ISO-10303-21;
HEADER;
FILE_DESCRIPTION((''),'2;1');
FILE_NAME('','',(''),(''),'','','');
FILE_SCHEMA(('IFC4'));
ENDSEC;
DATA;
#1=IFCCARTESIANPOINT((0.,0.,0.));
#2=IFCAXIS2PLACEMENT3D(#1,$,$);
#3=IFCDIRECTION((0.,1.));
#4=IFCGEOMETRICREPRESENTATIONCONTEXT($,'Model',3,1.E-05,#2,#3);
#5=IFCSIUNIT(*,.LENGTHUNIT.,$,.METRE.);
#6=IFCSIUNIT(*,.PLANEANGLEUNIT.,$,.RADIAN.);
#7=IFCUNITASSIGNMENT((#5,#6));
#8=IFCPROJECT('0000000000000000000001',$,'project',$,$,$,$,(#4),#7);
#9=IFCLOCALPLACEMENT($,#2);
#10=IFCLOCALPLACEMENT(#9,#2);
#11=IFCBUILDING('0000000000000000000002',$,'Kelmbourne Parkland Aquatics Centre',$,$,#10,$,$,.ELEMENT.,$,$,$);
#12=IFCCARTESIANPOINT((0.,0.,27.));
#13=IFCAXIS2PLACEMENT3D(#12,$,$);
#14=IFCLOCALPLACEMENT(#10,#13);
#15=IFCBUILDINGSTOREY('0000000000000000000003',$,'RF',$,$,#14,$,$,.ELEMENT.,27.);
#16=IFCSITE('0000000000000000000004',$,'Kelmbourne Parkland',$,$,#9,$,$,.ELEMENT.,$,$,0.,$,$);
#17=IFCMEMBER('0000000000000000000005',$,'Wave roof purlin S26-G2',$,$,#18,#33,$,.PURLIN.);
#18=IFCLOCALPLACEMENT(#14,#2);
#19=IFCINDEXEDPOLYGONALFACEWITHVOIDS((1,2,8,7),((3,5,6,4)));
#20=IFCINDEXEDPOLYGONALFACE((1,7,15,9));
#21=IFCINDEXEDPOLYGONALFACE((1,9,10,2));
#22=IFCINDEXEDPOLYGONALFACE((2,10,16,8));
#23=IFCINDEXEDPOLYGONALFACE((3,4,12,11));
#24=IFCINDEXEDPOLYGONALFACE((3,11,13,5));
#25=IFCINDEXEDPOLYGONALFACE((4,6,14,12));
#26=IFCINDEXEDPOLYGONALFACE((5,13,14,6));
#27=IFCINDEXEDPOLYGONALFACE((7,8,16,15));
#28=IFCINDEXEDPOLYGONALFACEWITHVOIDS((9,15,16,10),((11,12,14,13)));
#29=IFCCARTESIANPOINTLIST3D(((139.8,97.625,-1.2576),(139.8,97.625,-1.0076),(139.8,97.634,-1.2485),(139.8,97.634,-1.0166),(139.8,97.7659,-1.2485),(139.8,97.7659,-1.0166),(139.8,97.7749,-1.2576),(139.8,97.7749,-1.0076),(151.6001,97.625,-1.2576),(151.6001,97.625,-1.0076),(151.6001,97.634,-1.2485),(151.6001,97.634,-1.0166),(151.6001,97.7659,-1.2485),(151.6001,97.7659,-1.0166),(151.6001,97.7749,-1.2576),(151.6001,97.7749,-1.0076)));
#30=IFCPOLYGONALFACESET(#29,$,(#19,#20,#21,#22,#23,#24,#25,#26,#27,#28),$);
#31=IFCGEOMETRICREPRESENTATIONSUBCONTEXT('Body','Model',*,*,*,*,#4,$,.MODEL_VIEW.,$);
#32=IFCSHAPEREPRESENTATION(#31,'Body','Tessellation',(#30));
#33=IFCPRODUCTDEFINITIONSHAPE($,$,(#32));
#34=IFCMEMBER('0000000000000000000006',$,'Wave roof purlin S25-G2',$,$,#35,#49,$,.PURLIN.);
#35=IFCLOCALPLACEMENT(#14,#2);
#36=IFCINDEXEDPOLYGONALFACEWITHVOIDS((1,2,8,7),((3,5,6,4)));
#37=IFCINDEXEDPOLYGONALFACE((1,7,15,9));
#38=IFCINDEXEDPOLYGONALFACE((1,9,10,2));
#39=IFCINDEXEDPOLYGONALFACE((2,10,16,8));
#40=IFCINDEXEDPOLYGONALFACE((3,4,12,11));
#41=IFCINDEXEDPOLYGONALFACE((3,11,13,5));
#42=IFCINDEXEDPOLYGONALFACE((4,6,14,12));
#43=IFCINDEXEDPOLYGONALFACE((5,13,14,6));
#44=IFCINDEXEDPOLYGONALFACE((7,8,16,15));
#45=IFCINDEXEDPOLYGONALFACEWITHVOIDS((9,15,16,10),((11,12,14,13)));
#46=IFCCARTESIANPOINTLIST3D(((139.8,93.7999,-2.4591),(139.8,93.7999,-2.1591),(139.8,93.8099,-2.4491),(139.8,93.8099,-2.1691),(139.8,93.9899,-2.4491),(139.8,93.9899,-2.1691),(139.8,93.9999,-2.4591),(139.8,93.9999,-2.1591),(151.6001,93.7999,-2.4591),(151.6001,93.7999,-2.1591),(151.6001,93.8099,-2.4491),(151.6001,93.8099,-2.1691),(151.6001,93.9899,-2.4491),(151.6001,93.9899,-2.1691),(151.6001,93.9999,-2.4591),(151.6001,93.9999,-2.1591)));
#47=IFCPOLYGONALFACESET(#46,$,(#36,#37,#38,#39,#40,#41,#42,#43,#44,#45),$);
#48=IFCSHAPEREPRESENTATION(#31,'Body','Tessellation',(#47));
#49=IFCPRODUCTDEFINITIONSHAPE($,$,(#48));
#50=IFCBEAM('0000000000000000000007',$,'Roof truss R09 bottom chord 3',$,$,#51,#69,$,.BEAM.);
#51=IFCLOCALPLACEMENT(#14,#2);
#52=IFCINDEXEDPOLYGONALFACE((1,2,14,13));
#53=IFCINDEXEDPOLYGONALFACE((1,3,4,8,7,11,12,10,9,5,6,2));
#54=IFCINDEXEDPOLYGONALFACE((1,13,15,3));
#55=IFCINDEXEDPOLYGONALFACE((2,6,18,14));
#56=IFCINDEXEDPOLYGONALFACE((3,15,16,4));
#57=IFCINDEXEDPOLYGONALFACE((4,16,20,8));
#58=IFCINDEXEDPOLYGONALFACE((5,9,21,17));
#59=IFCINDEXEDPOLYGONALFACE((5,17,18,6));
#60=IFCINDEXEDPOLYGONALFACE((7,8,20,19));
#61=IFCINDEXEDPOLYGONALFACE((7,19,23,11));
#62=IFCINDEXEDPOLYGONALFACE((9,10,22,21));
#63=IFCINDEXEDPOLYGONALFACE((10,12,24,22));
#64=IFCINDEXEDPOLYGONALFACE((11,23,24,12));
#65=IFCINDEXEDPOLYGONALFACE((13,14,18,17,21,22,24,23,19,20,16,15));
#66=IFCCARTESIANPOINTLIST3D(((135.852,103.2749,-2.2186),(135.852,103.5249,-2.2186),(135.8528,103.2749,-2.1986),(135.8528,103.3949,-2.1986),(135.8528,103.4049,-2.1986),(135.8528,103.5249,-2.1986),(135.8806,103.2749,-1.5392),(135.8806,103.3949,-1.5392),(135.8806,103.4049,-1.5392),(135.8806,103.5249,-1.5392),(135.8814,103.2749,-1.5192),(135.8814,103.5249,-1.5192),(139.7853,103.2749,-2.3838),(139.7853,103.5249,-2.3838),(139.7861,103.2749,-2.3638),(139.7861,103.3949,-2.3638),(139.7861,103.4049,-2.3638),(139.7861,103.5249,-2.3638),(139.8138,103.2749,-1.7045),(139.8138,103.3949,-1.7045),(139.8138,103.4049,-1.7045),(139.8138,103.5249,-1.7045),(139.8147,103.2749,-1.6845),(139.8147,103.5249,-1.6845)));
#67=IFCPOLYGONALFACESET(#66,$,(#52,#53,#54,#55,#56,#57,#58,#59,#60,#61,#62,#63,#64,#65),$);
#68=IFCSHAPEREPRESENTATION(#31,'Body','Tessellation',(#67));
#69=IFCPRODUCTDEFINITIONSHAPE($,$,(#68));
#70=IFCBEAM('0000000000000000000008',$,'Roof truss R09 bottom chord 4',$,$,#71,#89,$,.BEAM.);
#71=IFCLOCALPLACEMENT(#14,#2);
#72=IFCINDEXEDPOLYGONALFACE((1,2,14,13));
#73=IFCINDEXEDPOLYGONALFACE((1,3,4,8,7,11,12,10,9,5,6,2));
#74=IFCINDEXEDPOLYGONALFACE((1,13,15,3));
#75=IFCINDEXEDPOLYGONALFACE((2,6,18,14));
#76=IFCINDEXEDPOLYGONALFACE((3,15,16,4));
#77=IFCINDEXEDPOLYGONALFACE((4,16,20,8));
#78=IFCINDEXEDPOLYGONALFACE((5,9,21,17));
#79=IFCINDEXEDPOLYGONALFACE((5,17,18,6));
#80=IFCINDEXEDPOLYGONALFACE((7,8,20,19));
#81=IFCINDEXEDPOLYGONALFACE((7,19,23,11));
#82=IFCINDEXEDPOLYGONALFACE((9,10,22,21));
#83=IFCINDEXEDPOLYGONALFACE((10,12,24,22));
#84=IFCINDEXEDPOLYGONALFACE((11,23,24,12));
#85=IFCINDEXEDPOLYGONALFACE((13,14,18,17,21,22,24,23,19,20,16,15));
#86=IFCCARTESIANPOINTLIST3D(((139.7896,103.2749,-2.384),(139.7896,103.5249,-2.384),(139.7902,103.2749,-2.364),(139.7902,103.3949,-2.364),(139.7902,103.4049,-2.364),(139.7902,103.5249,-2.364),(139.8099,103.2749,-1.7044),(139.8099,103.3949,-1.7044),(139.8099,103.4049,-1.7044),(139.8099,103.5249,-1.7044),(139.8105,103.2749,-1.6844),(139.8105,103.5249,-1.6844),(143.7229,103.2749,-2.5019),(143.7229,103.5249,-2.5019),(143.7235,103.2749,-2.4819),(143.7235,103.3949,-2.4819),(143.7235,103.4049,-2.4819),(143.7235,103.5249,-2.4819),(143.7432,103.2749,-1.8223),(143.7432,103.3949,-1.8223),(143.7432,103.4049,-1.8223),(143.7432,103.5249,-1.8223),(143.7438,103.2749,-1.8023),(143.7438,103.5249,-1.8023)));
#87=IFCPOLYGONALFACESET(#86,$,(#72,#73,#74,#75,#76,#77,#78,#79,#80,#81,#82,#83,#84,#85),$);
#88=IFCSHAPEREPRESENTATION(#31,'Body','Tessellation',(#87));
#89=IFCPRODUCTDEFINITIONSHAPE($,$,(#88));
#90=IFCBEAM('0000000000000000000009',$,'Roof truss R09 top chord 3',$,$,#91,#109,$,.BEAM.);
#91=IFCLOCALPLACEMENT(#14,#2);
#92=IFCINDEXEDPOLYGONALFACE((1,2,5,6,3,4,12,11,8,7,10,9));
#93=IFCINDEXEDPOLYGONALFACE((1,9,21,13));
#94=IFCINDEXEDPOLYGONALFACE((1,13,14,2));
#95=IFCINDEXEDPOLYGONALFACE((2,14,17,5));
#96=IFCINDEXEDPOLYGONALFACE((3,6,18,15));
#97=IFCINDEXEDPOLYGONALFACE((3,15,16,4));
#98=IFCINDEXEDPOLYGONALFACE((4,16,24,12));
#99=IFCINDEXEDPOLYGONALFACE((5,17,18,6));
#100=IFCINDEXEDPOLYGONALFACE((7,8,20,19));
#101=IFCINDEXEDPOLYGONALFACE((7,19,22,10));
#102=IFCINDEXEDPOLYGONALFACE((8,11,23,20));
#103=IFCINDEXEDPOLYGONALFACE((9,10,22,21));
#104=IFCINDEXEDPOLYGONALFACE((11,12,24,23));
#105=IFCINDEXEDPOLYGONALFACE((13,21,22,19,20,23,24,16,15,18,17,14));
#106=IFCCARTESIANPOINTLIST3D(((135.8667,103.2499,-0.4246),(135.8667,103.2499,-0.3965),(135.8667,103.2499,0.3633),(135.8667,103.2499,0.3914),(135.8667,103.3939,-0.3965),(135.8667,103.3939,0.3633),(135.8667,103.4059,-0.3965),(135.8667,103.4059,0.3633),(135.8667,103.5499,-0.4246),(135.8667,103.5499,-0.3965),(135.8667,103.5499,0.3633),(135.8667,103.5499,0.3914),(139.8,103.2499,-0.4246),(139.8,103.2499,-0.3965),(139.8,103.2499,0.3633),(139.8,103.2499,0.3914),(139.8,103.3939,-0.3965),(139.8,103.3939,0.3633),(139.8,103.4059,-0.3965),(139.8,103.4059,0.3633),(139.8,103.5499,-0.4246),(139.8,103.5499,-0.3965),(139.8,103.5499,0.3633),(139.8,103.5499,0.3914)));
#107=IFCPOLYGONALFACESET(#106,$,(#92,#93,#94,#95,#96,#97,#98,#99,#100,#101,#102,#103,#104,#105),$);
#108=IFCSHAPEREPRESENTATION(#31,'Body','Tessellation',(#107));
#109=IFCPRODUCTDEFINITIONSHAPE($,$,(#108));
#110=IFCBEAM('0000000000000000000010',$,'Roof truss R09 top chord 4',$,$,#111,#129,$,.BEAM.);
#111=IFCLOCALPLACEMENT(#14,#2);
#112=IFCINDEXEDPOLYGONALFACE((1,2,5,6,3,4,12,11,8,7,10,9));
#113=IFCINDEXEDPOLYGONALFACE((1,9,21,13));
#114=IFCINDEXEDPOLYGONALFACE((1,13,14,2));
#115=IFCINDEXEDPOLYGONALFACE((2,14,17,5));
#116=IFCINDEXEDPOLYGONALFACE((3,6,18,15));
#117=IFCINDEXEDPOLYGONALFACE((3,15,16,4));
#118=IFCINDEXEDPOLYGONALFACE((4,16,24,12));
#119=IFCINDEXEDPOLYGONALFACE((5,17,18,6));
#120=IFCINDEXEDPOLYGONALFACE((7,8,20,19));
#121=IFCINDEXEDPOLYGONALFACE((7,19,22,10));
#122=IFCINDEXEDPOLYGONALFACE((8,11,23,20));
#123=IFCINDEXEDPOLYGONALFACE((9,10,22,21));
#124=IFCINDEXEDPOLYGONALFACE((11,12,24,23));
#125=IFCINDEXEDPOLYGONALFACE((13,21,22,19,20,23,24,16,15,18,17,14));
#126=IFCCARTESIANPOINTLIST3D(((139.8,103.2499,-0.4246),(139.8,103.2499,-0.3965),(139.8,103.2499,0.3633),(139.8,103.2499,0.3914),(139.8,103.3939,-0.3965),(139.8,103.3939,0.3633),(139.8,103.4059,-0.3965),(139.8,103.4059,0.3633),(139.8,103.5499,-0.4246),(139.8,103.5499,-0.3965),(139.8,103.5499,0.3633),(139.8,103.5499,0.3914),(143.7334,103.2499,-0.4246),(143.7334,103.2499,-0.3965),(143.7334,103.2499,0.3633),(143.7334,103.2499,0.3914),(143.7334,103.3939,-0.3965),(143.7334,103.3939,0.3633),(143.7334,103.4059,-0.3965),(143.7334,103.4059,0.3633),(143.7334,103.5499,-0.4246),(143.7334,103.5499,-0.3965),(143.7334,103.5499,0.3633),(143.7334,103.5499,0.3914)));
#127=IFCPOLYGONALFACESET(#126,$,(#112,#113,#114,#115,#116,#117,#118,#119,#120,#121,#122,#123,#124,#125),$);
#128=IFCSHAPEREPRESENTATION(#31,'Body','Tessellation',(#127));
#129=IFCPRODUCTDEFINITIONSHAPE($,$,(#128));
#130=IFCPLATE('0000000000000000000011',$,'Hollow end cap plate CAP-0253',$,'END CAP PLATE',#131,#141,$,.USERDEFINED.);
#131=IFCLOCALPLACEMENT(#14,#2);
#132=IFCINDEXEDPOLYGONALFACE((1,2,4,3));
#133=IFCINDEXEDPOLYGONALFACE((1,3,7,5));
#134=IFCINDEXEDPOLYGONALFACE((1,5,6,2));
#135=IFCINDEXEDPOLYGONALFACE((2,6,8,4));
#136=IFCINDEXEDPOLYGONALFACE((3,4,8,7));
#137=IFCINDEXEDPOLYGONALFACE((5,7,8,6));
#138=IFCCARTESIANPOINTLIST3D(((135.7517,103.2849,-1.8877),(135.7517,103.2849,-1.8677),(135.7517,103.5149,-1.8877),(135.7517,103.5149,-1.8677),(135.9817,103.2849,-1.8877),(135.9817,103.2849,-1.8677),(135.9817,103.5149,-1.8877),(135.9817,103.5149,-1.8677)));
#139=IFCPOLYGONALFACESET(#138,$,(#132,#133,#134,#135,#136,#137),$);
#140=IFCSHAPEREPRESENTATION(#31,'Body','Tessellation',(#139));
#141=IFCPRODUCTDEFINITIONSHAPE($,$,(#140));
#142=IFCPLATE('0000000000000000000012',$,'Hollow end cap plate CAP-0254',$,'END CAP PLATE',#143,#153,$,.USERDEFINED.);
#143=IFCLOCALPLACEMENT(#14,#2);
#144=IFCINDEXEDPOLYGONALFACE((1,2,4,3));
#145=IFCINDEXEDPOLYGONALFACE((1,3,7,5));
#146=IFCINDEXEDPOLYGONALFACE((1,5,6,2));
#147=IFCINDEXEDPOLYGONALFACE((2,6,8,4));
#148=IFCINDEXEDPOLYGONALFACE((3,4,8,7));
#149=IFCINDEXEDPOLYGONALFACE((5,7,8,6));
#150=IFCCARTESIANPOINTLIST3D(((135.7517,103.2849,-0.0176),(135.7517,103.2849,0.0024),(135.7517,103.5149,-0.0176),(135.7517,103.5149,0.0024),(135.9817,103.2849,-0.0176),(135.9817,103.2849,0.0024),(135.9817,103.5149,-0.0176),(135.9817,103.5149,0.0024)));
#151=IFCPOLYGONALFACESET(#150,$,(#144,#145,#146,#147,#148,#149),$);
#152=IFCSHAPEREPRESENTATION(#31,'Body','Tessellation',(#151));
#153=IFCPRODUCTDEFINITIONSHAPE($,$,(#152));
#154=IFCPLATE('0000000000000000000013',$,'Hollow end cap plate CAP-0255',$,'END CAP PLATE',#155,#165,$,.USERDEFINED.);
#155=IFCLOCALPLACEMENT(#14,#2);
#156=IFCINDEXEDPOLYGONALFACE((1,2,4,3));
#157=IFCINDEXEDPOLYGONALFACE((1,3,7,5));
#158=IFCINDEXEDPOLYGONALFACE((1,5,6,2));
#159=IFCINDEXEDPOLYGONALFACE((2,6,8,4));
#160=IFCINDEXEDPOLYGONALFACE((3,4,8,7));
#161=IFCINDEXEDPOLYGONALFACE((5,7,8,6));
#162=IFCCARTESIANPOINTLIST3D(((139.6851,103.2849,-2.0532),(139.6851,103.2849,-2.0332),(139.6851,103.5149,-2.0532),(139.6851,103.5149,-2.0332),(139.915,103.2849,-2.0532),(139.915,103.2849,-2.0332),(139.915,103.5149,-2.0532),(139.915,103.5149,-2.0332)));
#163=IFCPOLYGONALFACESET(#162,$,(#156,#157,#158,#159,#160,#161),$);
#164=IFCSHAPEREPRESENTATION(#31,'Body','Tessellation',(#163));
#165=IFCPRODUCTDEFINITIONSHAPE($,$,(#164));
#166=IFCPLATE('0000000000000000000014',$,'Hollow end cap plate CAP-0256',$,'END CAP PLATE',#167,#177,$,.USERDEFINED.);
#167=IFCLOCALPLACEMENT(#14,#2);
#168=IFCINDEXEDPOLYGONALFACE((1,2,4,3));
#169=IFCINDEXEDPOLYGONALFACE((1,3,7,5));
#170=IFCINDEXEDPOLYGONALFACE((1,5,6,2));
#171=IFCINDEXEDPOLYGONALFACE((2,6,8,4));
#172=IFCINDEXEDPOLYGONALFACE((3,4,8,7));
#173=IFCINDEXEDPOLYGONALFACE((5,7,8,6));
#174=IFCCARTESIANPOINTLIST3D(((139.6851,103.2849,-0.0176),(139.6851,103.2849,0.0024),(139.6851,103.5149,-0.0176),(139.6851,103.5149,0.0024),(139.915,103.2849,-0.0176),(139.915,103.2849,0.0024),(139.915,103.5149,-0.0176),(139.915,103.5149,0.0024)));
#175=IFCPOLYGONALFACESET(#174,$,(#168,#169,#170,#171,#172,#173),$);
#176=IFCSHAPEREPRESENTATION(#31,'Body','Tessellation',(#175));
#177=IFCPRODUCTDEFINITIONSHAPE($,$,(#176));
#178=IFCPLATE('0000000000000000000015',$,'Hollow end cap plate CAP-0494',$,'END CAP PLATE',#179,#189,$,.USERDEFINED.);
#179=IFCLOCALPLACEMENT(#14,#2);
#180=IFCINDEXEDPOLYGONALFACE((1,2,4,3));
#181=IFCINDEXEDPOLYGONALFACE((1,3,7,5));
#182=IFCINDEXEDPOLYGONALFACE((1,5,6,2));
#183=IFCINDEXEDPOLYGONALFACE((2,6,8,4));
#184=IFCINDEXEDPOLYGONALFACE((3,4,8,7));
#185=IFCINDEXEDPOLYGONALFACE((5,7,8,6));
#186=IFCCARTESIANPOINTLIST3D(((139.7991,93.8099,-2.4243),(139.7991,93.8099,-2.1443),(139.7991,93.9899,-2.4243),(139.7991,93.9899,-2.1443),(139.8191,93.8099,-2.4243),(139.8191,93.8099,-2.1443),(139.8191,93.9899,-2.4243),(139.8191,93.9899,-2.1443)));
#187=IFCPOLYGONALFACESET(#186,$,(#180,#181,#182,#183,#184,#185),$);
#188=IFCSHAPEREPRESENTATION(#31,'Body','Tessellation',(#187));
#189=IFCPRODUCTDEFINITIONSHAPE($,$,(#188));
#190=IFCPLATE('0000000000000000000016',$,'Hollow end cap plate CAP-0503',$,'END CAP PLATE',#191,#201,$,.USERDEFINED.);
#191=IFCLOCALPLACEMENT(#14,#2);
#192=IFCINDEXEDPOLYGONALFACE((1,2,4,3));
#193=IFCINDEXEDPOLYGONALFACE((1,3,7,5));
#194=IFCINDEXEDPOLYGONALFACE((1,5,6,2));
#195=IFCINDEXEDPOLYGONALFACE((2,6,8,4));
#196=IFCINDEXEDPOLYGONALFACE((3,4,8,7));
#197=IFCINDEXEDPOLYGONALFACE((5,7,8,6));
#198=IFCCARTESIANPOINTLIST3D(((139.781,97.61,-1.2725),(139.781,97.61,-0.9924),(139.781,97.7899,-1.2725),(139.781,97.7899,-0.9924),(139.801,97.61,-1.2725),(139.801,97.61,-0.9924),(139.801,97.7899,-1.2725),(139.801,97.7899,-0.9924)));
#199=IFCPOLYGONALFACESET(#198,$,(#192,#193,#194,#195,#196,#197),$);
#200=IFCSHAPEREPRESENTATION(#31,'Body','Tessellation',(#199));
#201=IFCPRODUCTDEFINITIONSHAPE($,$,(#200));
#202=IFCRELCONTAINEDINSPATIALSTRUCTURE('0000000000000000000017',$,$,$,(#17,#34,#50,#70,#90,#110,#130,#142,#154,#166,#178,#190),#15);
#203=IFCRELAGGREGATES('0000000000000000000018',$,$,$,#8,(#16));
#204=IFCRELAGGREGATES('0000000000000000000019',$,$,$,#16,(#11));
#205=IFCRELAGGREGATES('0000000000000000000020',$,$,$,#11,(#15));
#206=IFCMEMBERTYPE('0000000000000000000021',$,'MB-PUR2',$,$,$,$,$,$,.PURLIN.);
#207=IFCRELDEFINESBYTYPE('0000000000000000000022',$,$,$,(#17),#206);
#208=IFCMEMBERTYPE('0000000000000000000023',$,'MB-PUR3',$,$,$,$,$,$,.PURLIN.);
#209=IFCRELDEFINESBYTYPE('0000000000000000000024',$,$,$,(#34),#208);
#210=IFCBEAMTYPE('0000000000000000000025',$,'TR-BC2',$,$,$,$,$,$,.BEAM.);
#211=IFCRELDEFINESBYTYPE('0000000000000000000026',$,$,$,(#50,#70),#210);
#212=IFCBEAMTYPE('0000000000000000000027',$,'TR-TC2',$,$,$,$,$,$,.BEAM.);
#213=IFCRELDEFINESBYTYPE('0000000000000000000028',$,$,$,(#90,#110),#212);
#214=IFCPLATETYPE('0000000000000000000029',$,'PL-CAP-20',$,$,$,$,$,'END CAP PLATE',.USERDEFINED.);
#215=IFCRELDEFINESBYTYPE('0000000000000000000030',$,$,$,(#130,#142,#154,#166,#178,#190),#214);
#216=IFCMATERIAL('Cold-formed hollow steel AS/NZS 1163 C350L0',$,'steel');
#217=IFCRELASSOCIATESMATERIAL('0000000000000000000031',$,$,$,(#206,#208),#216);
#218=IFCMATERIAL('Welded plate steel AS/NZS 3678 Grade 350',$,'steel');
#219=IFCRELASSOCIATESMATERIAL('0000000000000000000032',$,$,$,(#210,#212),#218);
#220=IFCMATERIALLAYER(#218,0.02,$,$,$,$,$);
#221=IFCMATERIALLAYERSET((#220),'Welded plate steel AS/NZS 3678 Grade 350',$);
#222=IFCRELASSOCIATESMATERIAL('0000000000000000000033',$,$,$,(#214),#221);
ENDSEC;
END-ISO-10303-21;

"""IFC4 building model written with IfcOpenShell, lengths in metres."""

from ifc_helpers import new_model, si_unit, direction, frame, origin, origin_2d, place, context, subcontext, project, spatial, rectangle, hollow_rectangle, i_section, extrude, material, layer, layer_set, material_profile, profile_set, type_object, element, save


model = new_model("IFC4")

# Units and contexts
model_context = context("Model", 3, precision=1e-05, world=origin(), true_north=direction((0.0, 1.0)))
body_context = subcontext(model_context, "Body", "Model", "MODEL_VIEW")
ifc_project = project(units=[si_unit("LENGTHUNIT", "METRE"), si_unit("PLANEANGLEUNIT", "RADIAN")], contexts=[model_context])

# Site, building, storey
site_placement = place(None, origin())
site = spatial("IfcSite", under=ifc_project, at=site_placement, Name="Kelmbourne Parkland", CompositionType="ELEMENT", RefElevation=0.0)
building_placement = place(site_placement, origin())
building = spatial("IfcBuilding", under=site, at=building_placement, Name="Kelmbourne Parkland Aquatics Centre", CompositionType="ELEMENT")
storey_placement = place(building_placement, frame((0.0, 0.0, 27.0)))
storey = spatial("IfcBuildingStorey", under=building, at=storey_placement, Name="RF", CompositionType="ELEMENT", Elevation=27.0)

# Members
ifc_material_1 = material(Name="Cold-formed hollow steel AS/NZS 1163 C350L0", Category="steel")
ifc_material_profile_1 = material_profile(ifc_material_1, hollow_rectangle(XDim=0.1499, YDim=0.25, WallThickness=0.009, at=origin_2d()), Name="RHS 250x150x9.0")
ifc_profile_set_1 = profile_set([ifc_material_profile_1], Name="Cold-formed hollow steel AS/NZS 1163 C350L0")
member_type_1 = type_object("IfcMemberType", Name="MB-PUR2", PredefinedType="PURLIN", material=ifc_profile_set_1)
member_1_placement = place(storey_placement, frame((139.8, 97.7, -1.1326), z_axis=(1.0, 0.0, 0.0), x_axis=(0.0, 1.0, 0.0)))
element("IfcMember", 1, at=member_1_placement, inside=storey, type_object=member_type_1, Name="Wave roof purlin S26-G2", PredefinedType="PURLIN", context=body_context, shape_type="SweptSolid", body=[
    extrude(hollow_rectangle(XDim=0.1499, YDim=0.25, WallThickness=0.009, at=origin_2d()), origin(), (0.0, 0.0, 1.0), 11.8),
])
ifc_material_profile_2 = material_profile(ifc_material_1, hollow_rectangle(XDim=0.2, YDim=0.3, WallThickness=0.01, at=origin_2d()), Name="RHS 300x200x10.0")
ifc_profile_set_2 = profile_set([ifc_material_profile_2], Name="Cold-formed hollow steel AS/NZS 1163 C350L0")
member_type_2 = type_object("IfcMemberType", Name="MB-PUR3", PredefinedType="PURLIN", material=ifc_profile_set_2)
member_2_placement = place(storey_placement, frame((139.8, 93.8999, -2.3091), z_axis=(1.0, 0.0, 0.0), x_axis=(0.0, 1.0, 0.0)))
element("IfcMember", 2, at=member_2_placement, inside=storey, type_object=member_type_2, Name="Wave roof purlin S25-G2", PredefinedType="PURLIN", context=body_context, shape_type="SweptSolid", body=[
    extrude(hollow_rectangle(XDim=0.2, YDim=0.3, WallThickness=0.01, at=origin_2d()), origin(), (0.0, 0.0, 1.0), 11.8),
])

# Beams
ifc_material_2 = material(Name="Welded plate steel AS/NZS 3678 Grade 350", Category="steel")
ifc_material_profile_3 = material_profile(ifc_material_2, i_section(OverallWidth=0.25, OverallDepth=0.7, WebThickness=0.01, FlangeThickness=0.02, at=origin_2d()), Name="700WB130")
ifc_profile_set_3 = profile_set([ifc_material_profile_3], Name="Welded plate steel AS/NZS 3678 Grade 350")
beam_type_1 = type_object("IfcBeamType", Name="TR-BC2", PredefinedType="BEAM", material=ifc_profile_set_3)
beam_1_placement = place(storey_placement, frame((135.8667, 103.3999, -1.8689), z_axis=(0.999118, 0.0, -0.041984), x_axis=(0.0, 1.0, 0.0)))
element("IfcBeam", 3, at=beam_1_placement, inside=storey, type_object=beam_type_1, Name="Roof truss R09 bottom chord 3", PredefinedType="BEAM", context=body_context, shape_type="SweptSolid", body=[
    extrude(i_section(OverallWidth=0.25, OverallDepth=0.7, WebThickness=0.01, FlangeThickness=0.02, at=origin_2d()), origin(), (0.0, 0.0, 1.0), 3.9368),
])
beam_2_placement = place(storey_placement, frame((139.8, 103.3999, -2.0342), z_axis=(0.999551, 0.0, -0.029966), x_axis=(0.0, 1.0, 0.0)))
element("IfcBeam", 4, at=beam_2_placement, inside=storey, type_object=beam_type_1, Name="Roof truss R09 bottom chord 4", PredefinedType="BEAM", context=body_context, shape_type="SweptSolid", body=[
    extrude(i_section(OverallWidth=0.25, OverallDepth=0.7, WebThickness=0.01, FlangeThickness=0.02, at=origin_2d()), origin(), (0.0, 0.0, 1.0), 3.9351),
])
ifc_material_profile_4 = material_profile(ifc_material_2, i_section(OverallWidth=0.3, OverallDepth=0.8159, WebThickness=0.012, FlangeThickness=0.0281, at=origin_2d()), Name="800WB192")
ifc_profile_set_4 = profile_set([ifc_material_profile_4], Name="Welded plate steel AS/NZS 3678 Grade 350")
beam_type_2 = type_object("IfcBeamType", Name="TR-TC2", PredefinedType="BEAM", material=ifc_profile_set_4)
for number, where, z_axis, x_axis, name in (
    (5, (135.8667, 103.3999, -0.0166), (1.0, 0.0, 0.0), (0.0, 1.0, 0.0), "Roof truss R09 top chord 3"),
    (6, (139.8, 103.3999, -0.0166), (1.0, 0.0, 0.0), (0.0, 1.0, 0.0), "Roof truss R09 top chord 4"),
):
    element("IfcBeam", number, at=place(storey_placement, frame(where, z_axis=z_axis, x_axis=x_axis)), inside=storey, type_object=beam_type_2, Name=name, PredefinedType="BEAM", context=body_context, shape_type="SweptSolid", body=[
        extrude(i_section(OverallWidth=0.3, OverallDepth=0.8159, WebThickness=0.012, FlangeThickness=0.0281, at=origin_2d()), origin(), (0.0, 0.0, 1.0), 3.9333),
    ])

# Plates
ifc_layer_1 = layer(ifc_material_2, 0.02)
ifc_layer_set_1 = layer_set([ifc_layer_1], Name="Welded plate steel AS/NZS 3678 Grade 350")
plate_type_1 = type_object("IfcPlateType", Name="PL-CAP-20", ElementType="END CAP PLATE", PredefinedType="USERDEFINED", material=ifc_layer_set_1)
for number, where, z_axis, x_axis, name in (
    (7, (135.8667, 103.3999, -1.8877), (0.0, 0.0, 1.0), (1.0, 0.0, 0.0), "Hollow end cap plate CAP-0253"),
    (8, (135.8667, 103.3999, -0.0176), (0.0, 0.0, 1.0), (1.0, 0.0, 0.0), "Hollow end cap plate CAP-0254"),
    (9, (139.8, 103.3999, -2.0532), (0.0, 0.0, 1.0), (1.0, 0.0, 0.0), "Hollow end cap plate CAP-0255"),
    (10, (139.8, 103.3999, -0.0176), (0.0, 0.0, 1.0), (1.0, 0.0, 0.0), "Hollow end cap plate CAP-0256"),
):
    element("IfcPlate", number, at=place(storey_placement, frame(where, z_axis=z_axis, x_axis=x_axis)), inside=storey, type_object=plate_type_1, Name=name, ObjectType="END CAP PLATE", PredefinedType="USERDEFINED", context=body_context, shape_type="SweptSolid", body=[
        extrude(rectangle(XDim=0.23, YDim=0.23, at=origin_2d()), origin(), (0.0, 0.0, 1.0), 0.02),
    ])
for number, where, z_axis, x_axis, name in (
    (11, (139.8091, 93.8999, -2.4243), (0.0, 0.0, 1.0), (1.0, 0.0, 0.0), "Hollow end cap plate CAP-0494"),
    (12, (139.791, 97.7, -1.2725), (0.0, 0.0, 1.0), (-1.0, 0.0, 0.0), "Hollow end cap plate CAP-0503"),
):
    element("IfcPlate", number, at=place(storey_placement, frame(where, z_axis=z_axis, x_axis=x_axis)), inside=storey, type_object=plate_type_1, Name=name, ObjectType="END CAP PLATE", PredefinedType="USERDEFINED", context=body_context, shape_type="SweptSolid", body=[
        extrude(rectangle(XDim=0.02, YDim=0.1799, at=origin_2d()), origin(), (0.0, 0.0, 1.0), 0.28),
    ])

save(model, "model.ifc")
